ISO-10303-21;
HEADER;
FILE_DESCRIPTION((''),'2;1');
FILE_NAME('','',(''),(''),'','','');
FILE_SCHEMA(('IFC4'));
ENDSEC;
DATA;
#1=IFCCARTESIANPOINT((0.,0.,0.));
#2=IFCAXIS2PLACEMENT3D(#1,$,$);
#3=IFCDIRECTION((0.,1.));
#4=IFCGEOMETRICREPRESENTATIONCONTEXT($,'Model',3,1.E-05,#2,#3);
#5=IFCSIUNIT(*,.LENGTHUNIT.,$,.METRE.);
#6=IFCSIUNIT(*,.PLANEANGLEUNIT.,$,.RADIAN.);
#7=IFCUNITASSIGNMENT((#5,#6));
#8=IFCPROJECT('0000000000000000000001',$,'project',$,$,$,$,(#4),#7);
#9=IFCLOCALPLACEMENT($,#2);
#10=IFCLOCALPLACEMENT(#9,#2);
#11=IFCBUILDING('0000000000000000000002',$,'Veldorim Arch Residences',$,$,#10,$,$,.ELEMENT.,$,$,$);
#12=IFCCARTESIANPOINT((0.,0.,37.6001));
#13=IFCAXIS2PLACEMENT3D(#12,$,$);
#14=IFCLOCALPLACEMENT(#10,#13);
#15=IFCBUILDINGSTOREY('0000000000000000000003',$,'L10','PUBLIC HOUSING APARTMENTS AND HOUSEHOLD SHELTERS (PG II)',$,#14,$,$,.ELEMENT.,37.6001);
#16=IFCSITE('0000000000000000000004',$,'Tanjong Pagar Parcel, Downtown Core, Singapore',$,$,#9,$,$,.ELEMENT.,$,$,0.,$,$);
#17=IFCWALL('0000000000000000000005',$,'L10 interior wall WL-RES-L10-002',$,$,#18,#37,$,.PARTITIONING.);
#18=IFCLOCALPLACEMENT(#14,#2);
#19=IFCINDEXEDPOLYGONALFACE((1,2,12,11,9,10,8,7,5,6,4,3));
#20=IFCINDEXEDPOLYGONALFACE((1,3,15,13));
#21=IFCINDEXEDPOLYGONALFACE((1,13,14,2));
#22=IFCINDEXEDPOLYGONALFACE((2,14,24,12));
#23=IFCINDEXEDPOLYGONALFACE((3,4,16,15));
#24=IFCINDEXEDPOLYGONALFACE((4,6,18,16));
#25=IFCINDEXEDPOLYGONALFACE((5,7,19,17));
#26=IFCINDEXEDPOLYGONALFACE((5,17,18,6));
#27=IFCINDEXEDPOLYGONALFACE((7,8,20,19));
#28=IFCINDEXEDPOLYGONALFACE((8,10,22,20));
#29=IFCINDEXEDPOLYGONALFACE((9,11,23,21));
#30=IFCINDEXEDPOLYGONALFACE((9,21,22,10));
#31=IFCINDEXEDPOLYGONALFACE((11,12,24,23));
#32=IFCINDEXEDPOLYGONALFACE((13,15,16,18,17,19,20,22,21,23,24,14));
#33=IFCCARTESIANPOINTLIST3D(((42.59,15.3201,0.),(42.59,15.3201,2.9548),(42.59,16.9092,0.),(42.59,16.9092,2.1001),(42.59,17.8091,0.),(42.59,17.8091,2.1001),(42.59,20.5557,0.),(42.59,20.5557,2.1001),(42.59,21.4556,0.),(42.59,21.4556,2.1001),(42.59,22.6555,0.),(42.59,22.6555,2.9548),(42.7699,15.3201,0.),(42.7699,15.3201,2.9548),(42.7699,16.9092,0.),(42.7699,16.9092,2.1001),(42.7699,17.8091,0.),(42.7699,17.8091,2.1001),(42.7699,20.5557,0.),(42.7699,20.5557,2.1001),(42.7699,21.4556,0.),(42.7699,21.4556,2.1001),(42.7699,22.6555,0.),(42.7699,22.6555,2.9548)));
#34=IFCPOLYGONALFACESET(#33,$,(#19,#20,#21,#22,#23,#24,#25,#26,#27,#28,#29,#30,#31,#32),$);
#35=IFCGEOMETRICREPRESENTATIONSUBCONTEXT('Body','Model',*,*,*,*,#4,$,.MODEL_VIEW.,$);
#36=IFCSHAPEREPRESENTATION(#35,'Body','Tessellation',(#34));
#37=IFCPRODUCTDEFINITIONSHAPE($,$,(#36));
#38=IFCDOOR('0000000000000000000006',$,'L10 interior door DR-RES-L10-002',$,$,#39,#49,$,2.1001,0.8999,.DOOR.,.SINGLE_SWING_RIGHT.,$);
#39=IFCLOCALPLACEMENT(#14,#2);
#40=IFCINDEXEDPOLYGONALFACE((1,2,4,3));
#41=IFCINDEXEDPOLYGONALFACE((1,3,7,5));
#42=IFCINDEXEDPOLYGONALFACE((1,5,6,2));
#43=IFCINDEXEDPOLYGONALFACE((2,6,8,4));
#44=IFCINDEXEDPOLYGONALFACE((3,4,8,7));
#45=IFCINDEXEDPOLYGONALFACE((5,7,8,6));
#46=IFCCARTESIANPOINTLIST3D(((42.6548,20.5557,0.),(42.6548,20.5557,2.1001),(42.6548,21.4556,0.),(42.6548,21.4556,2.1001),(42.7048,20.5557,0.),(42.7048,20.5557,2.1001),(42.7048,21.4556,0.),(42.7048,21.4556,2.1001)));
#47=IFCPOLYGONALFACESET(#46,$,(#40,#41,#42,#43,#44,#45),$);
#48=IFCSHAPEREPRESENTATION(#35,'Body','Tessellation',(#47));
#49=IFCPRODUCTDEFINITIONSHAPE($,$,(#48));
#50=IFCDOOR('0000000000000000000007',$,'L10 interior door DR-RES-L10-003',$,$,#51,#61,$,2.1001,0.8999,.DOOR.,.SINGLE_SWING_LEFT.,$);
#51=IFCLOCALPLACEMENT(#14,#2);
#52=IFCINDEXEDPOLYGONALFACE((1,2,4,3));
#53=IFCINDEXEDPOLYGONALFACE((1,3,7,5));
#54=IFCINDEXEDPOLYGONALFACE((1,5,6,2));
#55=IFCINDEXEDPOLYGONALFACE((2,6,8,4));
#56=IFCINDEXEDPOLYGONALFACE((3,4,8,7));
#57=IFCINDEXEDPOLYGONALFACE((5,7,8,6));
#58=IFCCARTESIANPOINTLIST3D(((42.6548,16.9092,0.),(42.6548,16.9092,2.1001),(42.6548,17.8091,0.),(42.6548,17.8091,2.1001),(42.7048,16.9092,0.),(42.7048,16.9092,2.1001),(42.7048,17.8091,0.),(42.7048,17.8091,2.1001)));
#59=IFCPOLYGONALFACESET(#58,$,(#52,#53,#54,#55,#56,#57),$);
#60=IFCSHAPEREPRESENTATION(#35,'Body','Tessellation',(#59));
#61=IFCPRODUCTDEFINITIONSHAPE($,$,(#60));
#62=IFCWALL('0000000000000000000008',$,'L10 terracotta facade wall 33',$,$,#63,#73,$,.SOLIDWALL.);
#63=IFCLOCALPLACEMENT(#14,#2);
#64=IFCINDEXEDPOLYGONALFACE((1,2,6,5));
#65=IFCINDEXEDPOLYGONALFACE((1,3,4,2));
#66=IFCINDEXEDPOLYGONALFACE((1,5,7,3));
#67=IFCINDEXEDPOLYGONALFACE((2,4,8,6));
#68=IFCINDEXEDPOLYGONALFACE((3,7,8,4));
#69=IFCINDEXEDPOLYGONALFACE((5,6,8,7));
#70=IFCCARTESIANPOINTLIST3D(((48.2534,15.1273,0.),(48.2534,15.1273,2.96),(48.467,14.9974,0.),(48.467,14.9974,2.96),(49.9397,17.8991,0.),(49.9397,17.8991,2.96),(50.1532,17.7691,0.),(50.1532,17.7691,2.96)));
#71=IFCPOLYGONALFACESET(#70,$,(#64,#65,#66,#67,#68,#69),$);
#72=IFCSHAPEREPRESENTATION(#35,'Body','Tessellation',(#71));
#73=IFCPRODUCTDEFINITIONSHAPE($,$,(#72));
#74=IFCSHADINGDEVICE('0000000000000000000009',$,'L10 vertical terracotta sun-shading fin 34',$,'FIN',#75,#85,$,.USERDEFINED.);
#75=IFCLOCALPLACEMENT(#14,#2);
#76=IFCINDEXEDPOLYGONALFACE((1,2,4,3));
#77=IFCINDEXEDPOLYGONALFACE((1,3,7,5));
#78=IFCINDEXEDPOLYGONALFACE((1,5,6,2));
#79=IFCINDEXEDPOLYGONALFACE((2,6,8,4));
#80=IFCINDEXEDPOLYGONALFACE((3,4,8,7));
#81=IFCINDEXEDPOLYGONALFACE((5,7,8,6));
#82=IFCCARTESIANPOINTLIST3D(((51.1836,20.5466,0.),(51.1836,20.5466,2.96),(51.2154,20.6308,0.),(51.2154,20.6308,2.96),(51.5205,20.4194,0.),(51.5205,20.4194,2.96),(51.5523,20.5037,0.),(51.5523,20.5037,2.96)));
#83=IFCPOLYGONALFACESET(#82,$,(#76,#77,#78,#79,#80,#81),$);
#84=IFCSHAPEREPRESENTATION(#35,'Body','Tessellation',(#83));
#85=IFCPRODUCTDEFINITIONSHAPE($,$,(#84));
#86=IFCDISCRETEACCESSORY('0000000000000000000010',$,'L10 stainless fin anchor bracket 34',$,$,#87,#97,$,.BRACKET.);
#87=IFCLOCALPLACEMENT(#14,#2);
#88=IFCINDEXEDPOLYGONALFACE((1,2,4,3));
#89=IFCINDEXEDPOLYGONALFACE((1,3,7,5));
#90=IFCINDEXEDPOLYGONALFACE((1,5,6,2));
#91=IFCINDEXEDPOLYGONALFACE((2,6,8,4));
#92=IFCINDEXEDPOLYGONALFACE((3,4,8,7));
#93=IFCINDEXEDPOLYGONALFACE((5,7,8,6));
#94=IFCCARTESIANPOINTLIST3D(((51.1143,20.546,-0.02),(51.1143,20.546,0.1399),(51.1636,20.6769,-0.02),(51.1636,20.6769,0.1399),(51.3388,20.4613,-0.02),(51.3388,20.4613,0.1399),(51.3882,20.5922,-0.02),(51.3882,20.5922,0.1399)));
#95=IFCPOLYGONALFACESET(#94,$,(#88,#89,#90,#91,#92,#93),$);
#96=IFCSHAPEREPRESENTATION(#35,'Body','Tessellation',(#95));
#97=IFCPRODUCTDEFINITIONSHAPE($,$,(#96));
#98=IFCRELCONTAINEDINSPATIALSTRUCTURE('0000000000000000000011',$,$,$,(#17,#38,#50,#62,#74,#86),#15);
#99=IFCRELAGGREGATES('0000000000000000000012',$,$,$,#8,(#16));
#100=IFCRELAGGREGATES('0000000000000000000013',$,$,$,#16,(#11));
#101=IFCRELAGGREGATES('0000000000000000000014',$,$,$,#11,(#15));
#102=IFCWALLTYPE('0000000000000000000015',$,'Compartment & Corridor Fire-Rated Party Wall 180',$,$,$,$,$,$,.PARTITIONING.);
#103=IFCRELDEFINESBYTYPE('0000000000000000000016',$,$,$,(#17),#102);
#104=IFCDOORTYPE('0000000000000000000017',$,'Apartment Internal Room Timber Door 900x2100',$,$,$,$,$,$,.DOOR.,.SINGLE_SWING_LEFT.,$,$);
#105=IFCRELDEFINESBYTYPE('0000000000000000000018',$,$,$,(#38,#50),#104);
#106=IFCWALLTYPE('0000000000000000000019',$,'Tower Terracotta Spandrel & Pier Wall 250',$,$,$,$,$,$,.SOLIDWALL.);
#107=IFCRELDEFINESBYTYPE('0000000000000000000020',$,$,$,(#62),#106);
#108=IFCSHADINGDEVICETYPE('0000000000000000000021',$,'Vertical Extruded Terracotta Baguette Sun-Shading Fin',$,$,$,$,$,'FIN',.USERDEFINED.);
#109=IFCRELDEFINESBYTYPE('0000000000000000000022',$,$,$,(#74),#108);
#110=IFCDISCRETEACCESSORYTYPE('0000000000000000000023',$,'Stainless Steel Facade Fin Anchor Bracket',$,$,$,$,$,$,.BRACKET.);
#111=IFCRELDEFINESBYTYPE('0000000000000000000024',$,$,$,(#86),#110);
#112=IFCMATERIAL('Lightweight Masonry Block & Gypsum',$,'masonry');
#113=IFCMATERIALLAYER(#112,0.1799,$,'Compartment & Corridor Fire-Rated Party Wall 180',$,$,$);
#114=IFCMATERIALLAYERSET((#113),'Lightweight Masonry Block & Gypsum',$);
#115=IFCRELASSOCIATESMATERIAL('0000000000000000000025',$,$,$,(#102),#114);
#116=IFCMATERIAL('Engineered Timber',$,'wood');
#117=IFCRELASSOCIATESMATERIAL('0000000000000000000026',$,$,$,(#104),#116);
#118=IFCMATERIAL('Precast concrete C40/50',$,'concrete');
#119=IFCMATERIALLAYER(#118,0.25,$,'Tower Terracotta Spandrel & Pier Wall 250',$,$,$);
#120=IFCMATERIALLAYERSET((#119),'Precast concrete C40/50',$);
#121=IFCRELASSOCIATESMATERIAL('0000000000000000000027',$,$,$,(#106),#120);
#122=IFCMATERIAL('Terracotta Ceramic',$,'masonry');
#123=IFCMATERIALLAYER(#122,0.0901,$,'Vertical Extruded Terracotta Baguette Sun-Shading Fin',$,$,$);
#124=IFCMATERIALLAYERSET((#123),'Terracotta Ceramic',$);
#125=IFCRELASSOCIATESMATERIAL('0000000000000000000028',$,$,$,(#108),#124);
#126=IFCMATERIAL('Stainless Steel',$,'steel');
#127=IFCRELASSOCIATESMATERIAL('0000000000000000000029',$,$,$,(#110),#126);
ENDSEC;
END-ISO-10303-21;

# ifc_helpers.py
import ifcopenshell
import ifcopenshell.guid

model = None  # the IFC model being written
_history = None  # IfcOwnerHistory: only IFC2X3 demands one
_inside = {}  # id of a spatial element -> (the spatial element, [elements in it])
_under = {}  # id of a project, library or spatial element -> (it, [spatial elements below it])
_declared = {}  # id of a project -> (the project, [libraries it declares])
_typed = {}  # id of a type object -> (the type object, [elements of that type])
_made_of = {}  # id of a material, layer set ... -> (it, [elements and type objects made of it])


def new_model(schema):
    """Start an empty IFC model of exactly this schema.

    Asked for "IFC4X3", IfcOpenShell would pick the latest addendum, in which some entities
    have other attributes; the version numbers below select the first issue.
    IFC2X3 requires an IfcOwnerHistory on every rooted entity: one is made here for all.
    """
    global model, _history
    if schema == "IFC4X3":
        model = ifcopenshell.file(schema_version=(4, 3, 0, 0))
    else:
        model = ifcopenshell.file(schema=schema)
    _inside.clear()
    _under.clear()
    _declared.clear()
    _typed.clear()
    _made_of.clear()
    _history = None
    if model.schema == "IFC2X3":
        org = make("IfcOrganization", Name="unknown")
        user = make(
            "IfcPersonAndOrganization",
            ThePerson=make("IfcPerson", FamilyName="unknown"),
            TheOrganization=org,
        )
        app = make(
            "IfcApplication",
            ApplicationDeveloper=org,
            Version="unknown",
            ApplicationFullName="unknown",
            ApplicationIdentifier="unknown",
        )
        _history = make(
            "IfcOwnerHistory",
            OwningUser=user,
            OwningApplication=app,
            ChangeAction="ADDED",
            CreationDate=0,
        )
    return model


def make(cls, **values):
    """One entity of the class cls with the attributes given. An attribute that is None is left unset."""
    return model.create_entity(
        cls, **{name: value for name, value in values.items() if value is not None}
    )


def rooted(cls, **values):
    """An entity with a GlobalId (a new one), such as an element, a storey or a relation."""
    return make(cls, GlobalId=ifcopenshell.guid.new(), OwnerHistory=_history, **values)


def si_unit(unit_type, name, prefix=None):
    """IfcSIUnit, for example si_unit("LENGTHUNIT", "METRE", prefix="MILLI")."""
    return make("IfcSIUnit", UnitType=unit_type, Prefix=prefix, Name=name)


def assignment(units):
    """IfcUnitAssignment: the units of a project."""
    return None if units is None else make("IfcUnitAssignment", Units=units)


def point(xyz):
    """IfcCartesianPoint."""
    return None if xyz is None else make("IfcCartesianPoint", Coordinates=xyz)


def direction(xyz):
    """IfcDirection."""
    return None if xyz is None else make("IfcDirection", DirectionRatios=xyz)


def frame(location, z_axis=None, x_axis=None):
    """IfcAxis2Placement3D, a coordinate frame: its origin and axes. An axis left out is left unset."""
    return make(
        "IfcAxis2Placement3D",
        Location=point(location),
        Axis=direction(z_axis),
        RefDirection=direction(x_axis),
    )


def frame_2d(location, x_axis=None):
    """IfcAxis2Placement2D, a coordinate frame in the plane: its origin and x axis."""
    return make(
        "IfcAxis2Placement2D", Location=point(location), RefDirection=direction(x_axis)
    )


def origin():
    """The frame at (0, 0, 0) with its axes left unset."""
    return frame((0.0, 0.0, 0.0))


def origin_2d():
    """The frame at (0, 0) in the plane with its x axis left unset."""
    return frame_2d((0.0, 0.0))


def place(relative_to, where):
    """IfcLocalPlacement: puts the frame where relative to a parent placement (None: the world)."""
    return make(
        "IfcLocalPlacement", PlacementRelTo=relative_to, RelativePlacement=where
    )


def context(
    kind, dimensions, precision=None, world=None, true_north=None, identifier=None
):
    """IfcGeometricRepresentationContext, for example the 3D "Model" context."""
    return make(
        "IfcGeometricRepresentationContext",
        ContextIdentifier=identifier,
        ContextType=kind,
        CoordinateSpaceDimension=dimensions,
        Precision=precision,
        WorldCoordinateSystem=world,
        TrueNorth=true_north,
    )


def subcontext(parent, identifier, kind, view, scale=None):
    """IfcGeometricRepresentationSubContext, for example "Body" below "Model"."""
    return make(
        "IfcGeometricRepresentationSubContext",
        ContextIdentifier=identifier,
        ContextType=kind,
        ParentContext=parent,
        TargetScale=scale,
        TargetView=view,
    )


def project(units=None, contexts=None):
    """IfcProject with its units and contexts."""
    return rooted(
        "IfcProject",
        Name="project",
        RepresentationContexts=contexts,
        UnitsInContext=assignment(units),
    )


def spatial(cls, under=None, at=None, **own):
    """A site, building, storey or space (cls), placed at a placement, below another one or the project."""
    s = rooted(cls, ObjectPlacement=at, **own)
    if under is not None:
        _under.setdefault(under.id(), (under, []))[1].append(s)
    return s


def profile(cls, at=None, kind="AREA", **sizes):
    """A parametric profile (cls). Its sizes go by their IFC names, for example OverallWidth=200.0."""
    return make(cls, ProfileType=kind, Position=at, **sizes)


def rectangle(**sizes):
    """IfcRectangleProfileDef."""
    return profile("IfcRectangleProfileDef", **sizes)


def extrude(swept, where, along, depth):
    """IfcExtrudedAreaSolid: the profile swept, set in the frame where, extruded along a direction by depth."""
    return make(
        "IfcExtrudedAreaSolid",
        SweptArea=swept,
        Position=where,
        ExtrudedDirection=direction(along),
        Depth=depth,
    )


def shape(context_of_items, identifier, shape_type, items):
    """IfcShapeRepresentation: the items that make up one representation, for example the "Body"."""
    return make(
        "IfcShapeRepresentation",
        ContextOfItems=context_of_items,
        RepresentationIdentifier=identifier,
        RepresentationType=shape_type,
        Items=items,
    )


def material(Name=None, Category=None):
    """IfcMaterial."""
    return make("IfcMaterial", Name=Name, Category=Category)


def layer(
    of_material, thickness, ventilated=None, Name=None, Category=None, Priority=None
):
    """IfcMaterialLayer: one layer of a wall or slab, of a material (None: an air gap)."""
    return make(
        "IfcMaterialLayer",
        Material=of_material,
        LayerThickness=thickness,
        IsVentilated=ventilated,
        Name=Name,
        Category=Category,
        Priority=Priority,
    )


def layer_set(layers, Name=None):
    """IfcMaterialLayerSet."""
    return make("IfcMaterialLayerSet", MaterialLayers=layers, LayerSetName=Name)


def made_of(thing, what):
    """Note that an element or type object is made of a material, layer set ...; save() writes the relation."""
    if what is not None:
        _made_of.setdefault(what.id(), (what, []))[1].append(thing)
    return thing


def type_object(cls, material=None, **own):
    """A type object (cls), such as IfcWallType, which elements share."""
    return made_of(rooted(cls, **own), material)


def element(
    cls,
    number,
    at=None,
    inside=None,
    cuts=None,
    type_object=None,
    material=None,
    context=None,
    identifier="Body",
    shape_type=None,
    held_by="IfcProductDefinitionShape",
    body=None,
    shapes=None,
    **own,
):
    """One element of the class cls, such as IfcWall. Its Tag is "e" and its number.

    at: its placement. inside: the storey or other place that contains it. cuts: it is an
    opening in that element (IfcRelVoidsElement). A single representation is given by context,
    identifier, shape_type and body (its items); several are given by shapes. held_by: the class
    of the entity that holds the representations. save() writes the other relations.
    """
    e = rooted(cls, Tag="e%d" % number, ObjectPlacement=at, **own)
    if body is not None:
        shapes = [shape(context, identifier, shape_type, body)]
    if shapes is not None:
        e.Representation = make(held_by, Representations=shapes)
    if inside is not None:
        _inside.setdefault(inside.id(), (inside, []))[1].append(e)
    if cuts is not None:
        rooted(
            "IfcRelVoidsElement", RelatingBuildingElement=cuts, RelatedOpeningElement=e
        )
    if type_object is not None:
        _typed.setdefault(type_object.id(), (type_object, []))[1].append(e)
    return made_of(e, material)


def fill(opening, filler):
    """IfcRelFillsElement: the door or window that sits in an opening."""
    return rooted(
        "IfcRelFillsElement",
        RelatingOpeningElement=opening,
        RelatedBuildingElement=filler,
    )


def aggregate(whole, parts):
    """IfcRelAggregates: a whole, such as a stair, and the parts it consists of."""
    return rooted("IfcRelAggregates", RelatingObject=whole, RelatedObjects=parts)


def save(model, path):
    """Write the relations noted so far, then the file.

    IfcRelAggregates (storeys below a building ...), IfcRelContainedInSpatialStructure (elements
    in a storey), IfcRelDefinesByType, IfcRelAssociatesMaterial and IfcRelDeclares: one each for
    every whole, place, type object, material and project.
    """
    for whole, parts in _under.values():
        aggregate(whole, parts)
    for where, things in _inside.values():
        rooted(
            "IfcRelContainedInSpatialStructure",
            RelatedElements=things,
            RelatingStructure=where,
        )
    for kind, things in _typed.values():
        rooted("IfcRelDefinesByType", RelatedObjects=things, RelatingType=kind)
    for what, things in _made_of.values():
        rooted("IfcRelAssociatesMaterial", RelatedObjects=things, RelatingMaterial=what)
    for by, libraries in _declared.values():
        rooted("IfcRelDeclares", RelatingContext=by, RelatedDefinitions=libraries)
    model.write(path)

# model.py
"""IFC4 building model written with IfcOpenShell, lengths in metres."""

from ifc_helpers import new_model, si_unit, direction, frame, frame_2d, origin, origin_2d, place, context, subcontext, project, spatial, rectangle, extrude, material, layer, layer_set, type_object, element, fill, save


model = new_model("IFC4")

# Units and contexts
model_context = context("Model", 3, precision=1e-05, world=origin(), true_north=direction((0.0, 1.0)))
body_context = subcontext(model_context, "Body", "Model", "MODEL_VIEW")
ifc_project = project(units=[si_unit("LENGTHUNIT", "METRE"), si_unit("PLANEANGLEUNIT", "RADIAN")], contexts=[model_context])

# Site, building, storey
site_placement = place(None, origin())
site = spatial("IfcSite", under=ifc_project, at=site_placement, Name="Tanjong Pagar Parcel, Downtown Core, Singapore", CompositionType="ELEMENT", RefElevation=0.0)
building_placement = place(site_placement, origin())
building = spatial("IfcBuilding", under=site, at=building_placement, Name="Veldorim Arch Residences", CompositionType="ELEMENT")
storey_placement = place(building_placement, frame((0.0, 0.0, 37.6001)))
storey = spatial("IfcBuildingStorey", under=building, at=storey_placement, Name="L10", Description="PUBLIC HOUSING APARTMENTS AND HOUSEHOLD SHELTERS (PG II)", CompositionType="ELEMENT", Elevation=37.6001)

# Shared definitions
ifc_material_1 = material(Name="Lightweight Masonry Block & Gypsum", Category="masonry")
ifc_layer_1 = layer(ifc_material_1, 0.1799, Name="Compartment & Corridor Fire-Rated Party Wall 180")
ifc_layer_set_1 = layer_set([ifc_layer_1], Name="Lightweight Masonry Block & Gypsum")
wall_type_1 = type_object("IfcWallType", Name="Compartment & Corridor Fire-Rated Party Wall 180", PredefinedType="PARTITIONING", material=ifc_layer_set_1)

# Wall, openings, doors
wall_1_placement = place(storey_placement, frame((42.6799, 22.6555, 0.0), z_axis=(0.0, 0.0, 1.0), x_axis=(0.0, -1.0, 0.0)))
wall_1 = element("IfcWall", 1, at=wall_1_placement, inside=storey, type_object=wall_type_1, Name="L10 interior wall WL-RES-L10-002", PredefinedType="PARTITIONING", context=body_context, shape_type="SweptSolid", body=[
    extrude(rectangle(XDim=7.3354, YDim=0.1799, at=frame_2d((3.6677, 0.0))), origin(), (0.0, 0.0, 1.0), 2.9548),
])
opening_1_placement = place(wall_1_placement, frame((1.2, 0.0, 0.0)))
opening_1 = element("IfcOpeningElement", 2, at=opening_1_placement, cuts=wall_1, PredefinedType="OPENING", context=body_context, shape_type="SweptSolid", body=[
    extrude(rectangle(XDim=0.8999, YDim=2.1001, at=frame_2d((0.45, 1.05))), frame((0.0, 0.0999, 0.0), z_axis=(0.0, -1.0, 0.0), x_axis=(1.0, 0.0, 0.0)), (0.0, 0.0, 1.0), 0.2),
])
opening_2_placement = place(wall_1_placement, frame((4.8464, 0.0, 0.0)))
opening_2 = element("IfcOpeningElement", 3, at=opening_2_placement, cuts=wall_1, PredefinedType="OPENING", context=body_context, shape_type="SweptSolid", body=[
    extrude(rectangle(XDim=0.8999, YDim=2.1001, at=frame_2d((0.45, 1.05))), frame((0.0, 0.0999, 0.0), z_axis=(0.0, -1.0, 0.0), x_axis=(1.0, 0.0, 0.0)), (0.0, 0.0, 1.0), 0.2),
])
ifc_material_2 = material(Name="Engineered Timber", Category="wood")
door_type_1 = type_object("IfcDoorType", Name="Apartment Internal Room Timber Door 900x2100", OperationType="SINGLE_SWING_LEFT", PredefinedType="DOOR", material=ifc_material_2)
door_1_placement = place(opening_1_placement, origin())
door_1 = element("IfcDoor", 4, at=door_1_placement, inside=storey, type_object=door_type_1, Name="L10 interior door DR-RES-L10-002", OperationType="SINGLE_SWING_RIGHT", OverallHeight=2.1001, OverallWidth=0.8999, PredefinedType="DOOR", context=body_context, shape_type="SweptSolid", body=[
    extrude(rectangle(XDim=0.8999, YDim=2.1001, at=frame_2d((0.45, 1.05))), frame((0.0, 0.0249, 0.0), z_axis=(0.0, -1.0, 0.0), x_axis=(1.0, 0.0, 0.0)), (0.0, 0.0, 1.0), 0.05),
])
fill(opening_1, door_1)
door_2_placement = place(opening_2_placement, origin())
door_2 = element("IfcDoor", 5, at=door_2_placement, inside=storey, type_object=door_type_1, Name="L10 interior door DR-RES-L10-003", OperationType="SINGLE_SWING_LEFT", OverallHeight=2.1001, OverallWidth=0.8999, PredefinedType="DOOR", context=body_context, shape_type="SweptSolid", body=[
    extrude(rectangle(XDim=0.8999, YDim=2.1001, at=frame_2d((0.45, 1.05))), frame((0.0, 0.0249, 0.0), z_axis=(0.0, -1.0, 0.0), x_axis=(1.0, 0.0, 0.0)), (0.0, 0.0, 1.0), 0.05),
])
fill(opening_2, door_2)

# Wall
ifc_material_3 = material(Name="Precast concrete C40/50", Category="concrete")
ifc_layer_2 = layer(ifc_material_3, 0.25, Name="Tower Terracotta Spandrel & Pier Wall 250")
ifc_layer_set_2 = layer_set([ifc_layer_2], Name="Precast concrete C40/50")
wall_type_2 = type_object("IfcWallType", Name="Tower Terracotta Spandrel & Pier Wall 250", PredefinedType="SOLIDWALL", material=ifc_layer_set_2)
wall_2_placement = place(storey_placement, frame((50.0464, 17.834, 0.0), z_axis=(0.0, 0.0, 1.0), x_axis=(-0.519754, -0.854316, 0.0)))
element("IfcWall", 6, at=wall_2_placement, inside=storey, type_object=wall_type_2, Name="L10 terracotta facade wall 33", PredefinedType="SOLIDWALL", context=body_context, shape_type="SweptSolid", body=[
    extrude(rectangle(XDim=3.2444, YDim=0.25, at=frame_2d((1.6221, 0.0))), origin(), (0.0, 0.0, 1.0), 2.96),
])

# Shading device
ifc_material_4 = material(Name="Terracotta Ceramic", Category="masonry")
ifc_layer_3 = layer(ifc_material_4, 0.0901, Name="Vertical Extruded Terracotta Baguette Sun-Shading Fin")
ifc_layer_set_3 = layer_set([ifc_layer_3], Name="Terracotta Ceramic")
shading_device_type = type_object("IfcShadingDeviceType", Name="Vertical Extruded Terracotta Baguette Sun-Shading Fin", ElementType="FIN", PredefinedType="USERDEFINED", material=ifc_layer_set_3)
shading_device_placement = place(storey_placement, frame((51.3679, 20.5251, 0.0), z_axis=(0.0, 0.0, 1.0), x_axis=(-0.352985, -0.935629, 0.0)))
element("IfcShadingDevice", 7, at=shading_device_placement, inside=storey, type_object=shading_device_type, Name="L10 vertical terracotta sun-shading fin 34", ObjectType="FIN", PredefinedType="USERDEFINED", context=body_context, shape_type="SweptSolid", body=[
    extrude(rectangle(XDim=0.0901, YDim=0.3601, at=origin_2d()), origin(), (0.0, 0.0, 1.0), 2.96),
])

# Discrete accessory
ifc_material_5 = material(Name="Stainless Steel", Category="steel")
discrete_accessory_type = type_object("IfcDiscreteAccessoryType", Name="Stainless Steel Facade Fin Anchor Bracket", PredefinedType="BRACKET", material=ifc_material_5)
discrete_accessory_placement = place(storey_placement, frame((51.2512, 20.5691, -0.02), z_axis=(0.0, 0.0, 1.0), x_axis=(-0.352985, -0.935629, 0.0)))
element("IfcDiscreteAccessory", 8, at=discrete_accessory_placement, inside=storey, type_object=discrete_accessory_type, Name="L10 stainless fin anchor bracket 34", PredefinedType="BRACKET", context=body_context, shape_type="SweptSolid", body=[
    extrude(rectangle(XDim=0.1399, YDim=0.24, at=origin_2d()), origin(), (0.0, 0.0, 1.0), 0.1599),
])

save(model, "model.ifc")
